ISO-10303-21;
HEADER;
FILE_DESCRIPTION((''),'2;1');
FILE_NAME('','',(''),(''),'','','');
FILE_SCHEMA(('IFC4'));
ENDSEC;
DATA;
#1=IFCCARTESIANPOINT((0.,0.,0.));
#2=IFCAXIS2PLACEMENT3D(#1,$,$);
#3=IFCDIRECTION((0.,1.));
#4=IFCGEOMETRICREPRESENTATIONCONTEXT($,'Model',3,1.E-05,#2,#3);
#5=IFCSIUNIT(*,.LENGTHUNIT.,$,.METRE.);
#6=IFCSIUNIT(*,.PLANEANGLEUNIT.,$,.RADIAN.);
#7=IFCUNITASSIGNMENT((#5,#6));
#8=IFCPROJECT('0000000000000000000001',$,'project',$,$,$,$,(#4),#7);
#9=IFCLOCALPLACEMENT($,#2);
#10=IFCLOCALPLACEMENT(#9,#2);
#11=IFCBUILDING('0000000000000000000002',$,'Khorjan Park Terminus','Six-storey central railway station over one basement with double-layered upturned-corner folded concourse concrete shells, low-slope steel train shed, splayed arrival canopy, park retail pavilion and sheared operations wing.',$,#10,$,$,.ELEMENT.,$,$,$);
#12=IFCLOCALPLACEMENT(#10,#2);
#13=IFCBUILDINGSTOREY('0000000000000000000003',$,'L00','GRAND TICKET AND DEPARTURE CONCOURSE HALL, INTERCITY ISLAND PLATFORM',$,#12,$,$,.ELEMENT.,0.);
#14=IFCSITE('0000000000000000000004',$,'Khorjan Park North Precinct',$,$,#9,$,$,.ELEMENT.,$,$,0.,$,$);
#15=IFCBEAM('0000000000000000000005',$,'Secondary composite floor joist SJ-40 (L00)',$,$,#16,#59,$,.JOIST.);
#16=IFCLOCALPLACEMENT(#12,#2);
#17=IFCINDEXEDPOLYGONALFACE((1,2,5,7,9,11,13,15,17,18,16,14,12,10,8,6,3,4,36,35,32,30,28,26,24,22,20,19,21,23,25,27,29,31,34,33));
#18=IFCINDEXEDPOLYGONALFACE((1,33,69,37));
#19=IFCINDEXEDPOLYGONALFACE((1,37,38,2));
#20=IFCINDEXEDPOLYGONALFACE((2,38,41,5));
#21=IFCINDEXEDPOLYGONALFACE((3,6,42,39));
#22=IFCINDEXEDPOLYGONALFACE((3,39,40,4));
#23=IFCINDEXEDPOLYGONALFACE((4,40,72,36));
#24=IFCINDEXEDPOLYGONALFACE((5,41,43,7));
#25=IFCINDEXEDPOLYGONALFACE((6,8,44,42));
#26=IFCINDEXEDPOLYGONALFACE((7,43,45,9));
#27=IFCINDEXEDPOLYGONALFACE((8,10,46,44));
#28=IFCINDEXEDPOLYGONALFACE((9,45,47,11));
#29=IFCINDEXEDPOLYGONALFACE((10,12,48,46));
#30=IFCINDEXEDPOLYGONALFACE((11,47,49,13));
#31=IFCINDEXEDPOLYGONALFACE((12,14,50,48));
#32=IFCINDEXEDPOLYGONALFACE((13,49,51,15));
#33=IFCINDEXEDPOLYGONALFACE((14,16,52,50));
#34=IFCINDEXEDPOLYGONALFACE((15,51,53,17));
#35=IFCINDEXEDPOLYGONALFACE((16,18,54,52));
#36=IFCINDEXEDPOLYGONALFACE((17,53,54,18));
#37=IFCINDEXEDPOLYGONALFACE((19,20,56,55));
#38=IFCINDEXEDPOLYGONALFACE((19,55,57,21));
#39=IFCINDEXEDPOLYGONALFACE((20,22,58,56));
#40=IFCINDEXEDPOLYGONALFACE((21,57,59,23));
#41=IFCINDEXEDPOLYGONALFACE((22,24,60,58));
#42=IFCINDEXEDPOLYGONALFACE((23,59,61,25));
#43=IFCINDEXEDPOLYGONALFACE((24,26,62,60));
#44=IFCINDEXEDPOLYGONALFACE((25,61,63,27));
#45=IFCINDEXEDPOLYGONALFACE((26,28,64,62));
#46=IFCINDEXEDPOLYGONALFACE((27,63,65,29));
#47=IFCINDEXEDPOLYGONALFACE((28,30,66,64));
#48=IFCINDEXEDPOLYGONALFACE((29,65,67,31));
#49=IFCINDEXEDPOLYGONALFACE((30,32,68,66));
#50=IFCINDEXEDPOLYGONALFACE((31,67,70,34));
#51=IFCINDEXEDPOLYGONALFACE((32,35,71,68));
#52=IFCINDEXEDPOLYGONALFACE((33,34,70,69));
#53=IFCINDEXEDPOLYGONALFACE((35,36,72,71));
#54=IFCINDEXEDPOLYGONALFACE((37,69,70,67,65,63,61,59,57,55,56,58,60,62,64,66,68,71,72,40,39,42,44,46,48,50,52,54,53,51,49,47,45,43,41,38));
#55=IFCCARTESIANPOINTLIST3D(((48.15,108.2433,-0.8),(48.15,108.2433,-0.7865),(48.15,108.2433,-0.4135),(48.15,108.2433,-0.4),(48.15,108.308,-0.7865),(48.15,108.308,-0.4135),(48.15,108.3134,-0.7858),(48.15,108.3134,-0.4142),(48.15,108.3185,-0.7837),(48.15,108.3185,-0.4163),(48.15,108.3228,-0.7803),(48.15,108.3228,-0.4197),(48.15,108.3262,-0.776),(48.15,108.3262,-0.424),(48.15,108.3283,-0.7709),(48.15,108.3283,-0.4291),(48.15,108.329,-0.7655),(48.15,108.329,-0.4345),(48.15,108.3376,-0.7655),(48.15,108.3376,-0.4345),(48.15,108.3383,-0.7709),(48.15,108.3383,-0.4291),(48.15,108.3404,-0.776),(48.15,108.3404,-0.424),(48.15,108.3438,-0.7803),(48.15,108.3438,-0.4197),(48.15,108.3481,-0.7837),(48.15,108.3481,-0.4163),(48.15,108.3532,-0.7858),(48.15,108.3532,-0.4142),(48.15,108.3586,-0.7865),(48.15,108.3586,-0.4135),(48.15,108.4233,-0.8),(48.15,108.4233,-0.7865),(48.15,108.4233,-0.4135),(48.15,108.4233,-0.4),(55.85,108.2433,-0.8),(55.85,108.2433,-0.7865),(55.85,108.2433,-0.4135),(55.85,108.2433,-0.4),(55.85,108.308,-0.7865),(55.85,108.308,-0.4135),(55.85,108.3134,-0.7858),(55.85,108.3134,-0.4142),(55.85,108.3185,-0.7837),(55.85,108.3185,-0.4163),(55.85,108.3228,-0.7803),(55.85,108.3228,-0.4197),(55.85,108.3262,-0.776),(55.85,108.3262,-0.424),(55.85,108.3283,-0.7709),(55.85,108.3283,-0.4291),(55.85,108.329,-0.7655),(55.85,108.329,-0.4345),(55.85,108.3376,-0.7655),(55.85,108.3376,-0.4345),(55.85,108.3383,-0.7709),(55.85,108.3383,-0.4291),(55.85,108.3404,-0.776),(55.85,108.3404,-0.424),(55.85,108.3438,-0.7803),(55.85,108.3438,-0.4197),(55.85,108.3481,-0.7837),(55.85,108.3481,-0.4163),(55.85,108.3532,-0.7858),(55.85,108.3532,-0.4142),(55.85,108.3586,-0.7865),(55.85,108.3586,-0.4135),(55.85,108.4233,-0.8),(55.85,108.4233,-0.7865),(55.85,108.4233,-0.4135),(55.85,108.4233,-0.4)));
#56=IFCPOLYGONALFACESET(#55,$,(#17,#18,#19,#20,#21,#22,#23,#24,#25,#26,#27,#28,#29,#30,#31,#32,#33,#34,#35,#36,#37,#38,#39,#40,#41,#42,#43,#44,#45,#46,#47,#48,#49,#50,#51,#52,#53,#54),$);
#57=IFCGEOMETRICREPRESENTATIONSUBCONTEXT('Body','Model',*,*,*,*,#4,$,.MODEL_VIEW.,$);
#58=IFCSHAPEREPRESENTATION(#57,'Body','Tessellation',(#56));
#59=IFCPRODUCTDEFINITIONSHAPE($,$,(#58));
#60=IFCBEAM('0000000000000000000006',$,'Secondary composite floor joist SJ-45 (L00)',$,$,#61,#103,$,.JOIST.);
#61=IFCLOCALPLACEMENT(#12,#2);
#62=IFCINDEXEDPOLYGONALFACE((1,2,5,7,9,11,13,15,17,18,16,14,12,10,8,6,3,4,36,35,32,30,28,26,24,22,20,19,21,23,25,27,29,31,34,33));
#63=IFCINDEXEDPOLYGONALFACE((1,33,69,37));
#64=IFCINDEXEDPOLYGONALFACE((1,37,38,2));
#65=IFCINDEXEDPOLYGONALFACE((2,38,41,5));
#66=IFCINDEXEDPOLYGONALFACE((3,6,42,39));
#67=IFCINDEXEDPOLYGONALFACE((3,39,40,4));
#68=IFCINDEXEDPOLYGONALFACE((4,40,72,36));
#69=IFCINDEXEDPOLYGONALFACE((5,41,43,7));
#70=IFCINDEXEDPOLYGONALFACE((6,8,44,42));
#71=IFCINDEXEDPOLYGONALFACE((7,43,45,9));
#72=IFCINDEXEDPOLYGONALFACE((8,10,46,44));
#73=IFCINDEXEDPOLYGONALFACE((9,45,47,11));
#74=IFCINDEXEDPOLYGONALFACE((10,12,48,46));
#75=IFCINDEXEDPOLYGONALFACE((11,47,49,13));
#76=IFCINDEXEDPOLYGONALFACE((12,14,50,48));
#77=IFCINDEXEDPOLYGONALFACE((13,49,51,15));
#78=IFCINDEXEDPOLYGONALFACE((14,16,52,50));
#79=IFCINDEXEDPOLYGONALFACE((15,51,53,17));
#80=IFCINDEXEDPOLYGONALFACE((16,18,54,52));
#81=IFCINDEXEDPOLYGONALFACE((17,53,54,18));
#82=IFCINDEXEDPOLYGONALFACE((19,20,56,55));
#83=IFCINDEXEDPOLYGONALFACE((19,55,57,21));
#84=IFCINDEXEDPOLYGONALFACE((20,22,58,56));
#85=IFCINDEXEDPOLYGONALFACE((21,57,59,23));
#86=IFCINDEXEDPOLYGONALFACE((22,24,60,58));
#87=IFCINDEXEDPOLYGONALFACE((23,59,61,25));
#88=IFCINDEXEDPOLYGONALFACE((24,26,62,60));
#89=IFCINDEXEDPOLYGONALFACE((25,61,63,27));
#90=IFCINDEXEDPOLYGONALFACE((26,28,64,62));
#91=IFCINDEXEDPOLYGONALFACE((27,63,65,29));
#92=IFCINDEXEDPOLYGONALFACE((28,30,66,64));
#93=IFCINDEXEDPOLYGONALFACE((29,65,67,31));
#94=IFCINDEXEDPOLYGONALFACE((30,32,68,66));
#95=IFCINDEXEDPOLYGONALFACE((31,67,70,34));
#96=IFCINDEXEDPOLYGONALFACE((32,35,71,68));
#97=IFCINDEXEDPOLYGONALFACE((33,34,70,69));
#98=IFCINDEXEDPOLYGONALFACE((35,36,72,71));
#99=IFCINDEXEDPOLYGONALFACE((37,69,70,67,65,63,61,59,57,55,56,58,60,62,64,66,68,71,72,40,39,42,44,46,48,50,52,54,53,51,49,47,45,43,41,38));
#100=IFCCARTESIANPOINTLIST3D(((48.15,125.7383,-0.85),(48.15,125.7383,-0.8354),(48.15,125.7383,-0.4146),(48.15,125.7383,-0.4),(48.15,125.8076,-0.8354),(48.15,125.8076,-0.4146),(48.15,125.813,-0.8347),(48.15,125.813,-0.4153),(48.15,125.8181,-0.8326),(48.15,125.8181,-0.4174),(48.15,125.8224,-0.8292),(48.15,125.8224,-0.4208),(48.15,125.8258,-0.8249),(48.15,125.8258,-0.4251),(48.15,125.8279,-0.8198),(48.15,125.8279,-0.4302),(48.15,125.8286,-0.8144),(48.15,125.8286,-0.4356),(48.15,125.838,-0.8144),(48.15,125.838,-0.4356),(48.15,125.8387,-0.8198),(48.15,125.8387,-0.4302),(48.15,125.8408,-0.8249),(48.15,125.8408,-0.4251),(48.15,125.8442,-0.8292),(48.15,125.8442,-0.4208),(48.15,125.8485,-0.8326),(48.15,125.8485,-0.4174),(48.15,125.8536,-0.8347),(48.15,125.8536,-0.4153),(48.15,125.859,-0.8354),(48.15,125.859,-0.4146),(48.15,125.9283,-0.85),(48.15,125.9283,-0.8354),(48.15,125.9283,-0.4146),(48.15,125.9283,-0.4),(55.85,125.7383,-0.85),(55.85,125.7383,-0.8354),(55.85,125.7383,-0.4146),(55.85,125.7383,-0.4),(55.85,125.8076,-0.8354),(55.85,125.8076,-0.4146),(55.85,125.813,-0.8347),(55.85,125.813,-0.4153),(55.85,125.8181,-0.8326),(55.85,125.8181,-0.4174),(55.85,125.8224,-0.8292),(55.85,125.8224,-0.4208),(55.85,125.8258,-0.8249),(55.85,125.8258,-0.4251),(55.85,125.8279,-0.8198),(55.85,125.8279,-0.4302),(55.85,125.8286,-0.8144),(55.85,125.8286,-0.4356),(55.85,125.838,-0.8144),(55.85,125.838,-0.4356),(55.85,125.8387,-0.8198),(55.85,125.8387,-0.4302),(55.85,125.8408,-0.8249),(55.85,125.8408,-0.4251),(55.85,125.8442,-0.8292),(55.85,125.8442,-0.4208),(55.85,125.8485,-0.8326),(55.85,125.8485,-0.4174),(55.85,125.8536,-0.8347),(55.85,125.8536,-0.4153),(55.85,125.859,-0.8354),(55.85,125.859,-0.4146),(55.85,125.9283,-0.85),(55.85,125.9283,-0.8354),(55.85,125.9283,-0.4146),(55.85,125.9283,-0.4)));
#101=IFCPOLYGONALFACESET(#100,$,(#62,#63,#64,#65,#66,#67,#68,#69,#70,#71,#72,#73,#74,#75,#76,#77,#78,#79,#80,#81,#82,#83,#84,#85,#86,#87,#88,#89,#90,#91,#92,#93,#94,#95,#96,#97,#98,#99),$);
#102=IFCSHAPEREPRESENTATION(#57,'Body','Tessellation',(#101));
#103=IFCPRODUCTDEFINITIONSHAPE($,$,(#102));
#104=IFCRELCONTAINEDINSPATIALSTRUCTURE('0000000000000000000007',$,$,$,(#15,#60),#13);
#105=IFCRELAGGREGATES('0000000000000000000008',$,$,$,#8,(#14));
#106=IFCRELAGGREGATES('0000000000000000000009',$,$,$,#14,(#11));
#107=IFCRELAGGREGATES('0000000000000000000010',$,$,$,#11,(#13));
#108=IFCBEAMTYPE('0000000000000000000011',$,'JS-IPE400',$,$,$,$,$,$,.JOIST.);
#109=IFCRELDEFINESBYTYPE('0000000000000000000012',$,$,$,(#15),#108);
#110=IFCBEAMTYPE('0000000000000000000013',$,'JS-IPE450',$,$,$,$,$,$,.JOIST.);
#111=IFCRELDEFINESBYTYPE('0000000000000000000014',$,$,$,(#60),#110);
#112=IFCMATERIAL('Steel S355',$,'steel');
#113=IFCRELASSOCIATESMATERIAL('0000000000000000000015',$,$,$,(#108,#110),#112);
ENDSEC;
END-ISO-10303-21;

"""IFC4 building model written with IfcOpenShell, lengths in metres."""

from ifc_helpers import new_model, si_unit, direction, frame, origin, origin_2d, place, context, subcontext, project, spatial, i_section, extrude, material, material_profile, profile_set, type_object, element, save


model = new_model("IFC4")

# Units and contexts
model_context = context("Model", 3, precision=1e-05, world=origin(), true_north=direction((0.0, 1.0)))
body_context = subcontext(model_context, "Body", "Model", "MODEL_VIEW")
ifc_project = project(units=[si_unit("LENGTHUNIT", "METRE"), si_unit("PLANEANGLEUNIT", "RADIAN")], contexts=[model_context])

# Site, building, storey
site_placement = place(None, origin())
site = spatial("IfcSite", under=ifc_project, at=site_placement, Name="Khorjan Park North Precinct", CompositionType="ELEMENT", RefElevation=0.0)
building_placement = place(site_placement, origin())
building = spatial("IfcBuilding", under=site, at=building_placement, Name="Khorjan Park Terminus", Description="Six-storey central railway station over one basement with double-layered upturned-corner folded concourse concrete shells, low-slope steel train shed, splayed arrival canopy, park retail pavilion and sheared operations wing.", CompositionType="ELEMENT")
storey_placement = place(building_placement, origin())
storey = spatial("IfcBuildingStorey", under=building, at=storey_placement, Name="L00", Description="GRAND TICKET AND DEPARTURE CONCOURSE HALL, INTERCITY ISLAND PLATFORM", CompositionType="ELEMENT", Elevation=0.0)

# Shared definitions
ifc_material = material(Name="Steel S355", Category="steel")

# Beams
ifc_material_profile_1 = material_profile(ifc_material, i_section(OverallWidth=0.18, OverallDepth=0.4, WebThickness=0.0086, FlangeThickness=0.0135, FilletRadius=0.021, at=origin_2d()), Name="IPE 400")
ifc_profile_set_1 = profile_set([ifc_material_profile_1], Name="Steel S355")
beam_type_1 = type_object("IfcBeamType", Name="JS-IPE400", PredefinedType="JOIST", material=ifc_profile_set_1)
beam_1_placement = place(storey_placement, frame((48.15, 108.3333, -0.6), z_axis=(1.0, 0.0, 0.0), x_axis=(0.0, 1.0, 0.0)))
element("IfcBeam", 1, at=beam_1_placement, inside=storey, type_object=beam_type_1, Name="Secondary composite floor joist SJ-40 (L00)", PredefinedType="JOIST", context=body_context, shape_type="SweptSolid", body=[
    extrude(i_section(OverallWidth=0.18, OverallDepth=0.4, WebThickness=0.0086, FlangeThickness=0.0135, FilletRadius=0.021, at=origin_2d()), origin(), (0.0, 0.0, 1.0), 7.7),
])
ifc_material_profile_2 = material_profile(ifc_material, i_section(OverallWidth=0.19, OverallDepth=0.45, WebThickness=0.0094, FlangeThickness=0.0146, FilletRadius=0.021, at=origin_2d()), Name="IPE 450")
ifc_profile_set_2 = profile_set([ifc_material_profile_2], Name="Steel S355")
beam_type_2 = type_object("IfcBeamType", Name="JS-IPE450", PredefinedType="JOIST", material=ifc_profile_set_2)
beam_2_placement = place(storey_placement, frame((48.15, 125.8333, -0.625), z_axis=(1.0, 0.0, 0.0), x_axis=(0.0, 1.0, 0.0)))
element("IfcBeam", 2, at=beam_2_placement, inside=storey, type_object=beam_type_2, Name="Secondary composite floor joist SJ-45 (L00)", PredefinedType="JOIST", context=body_context, shape_type="SweptSolid", body=[
    extrude(i_section(OverallWidth=0.19, OverallDepth=0.45, WebThickness=0.0094, FlangeThickness=0.0146, FilletRadius=0.021, at=origin_2d()), origin(), (0.0, 0.0, 1.0), 7.7),
])

save(model, "model.ifc")
